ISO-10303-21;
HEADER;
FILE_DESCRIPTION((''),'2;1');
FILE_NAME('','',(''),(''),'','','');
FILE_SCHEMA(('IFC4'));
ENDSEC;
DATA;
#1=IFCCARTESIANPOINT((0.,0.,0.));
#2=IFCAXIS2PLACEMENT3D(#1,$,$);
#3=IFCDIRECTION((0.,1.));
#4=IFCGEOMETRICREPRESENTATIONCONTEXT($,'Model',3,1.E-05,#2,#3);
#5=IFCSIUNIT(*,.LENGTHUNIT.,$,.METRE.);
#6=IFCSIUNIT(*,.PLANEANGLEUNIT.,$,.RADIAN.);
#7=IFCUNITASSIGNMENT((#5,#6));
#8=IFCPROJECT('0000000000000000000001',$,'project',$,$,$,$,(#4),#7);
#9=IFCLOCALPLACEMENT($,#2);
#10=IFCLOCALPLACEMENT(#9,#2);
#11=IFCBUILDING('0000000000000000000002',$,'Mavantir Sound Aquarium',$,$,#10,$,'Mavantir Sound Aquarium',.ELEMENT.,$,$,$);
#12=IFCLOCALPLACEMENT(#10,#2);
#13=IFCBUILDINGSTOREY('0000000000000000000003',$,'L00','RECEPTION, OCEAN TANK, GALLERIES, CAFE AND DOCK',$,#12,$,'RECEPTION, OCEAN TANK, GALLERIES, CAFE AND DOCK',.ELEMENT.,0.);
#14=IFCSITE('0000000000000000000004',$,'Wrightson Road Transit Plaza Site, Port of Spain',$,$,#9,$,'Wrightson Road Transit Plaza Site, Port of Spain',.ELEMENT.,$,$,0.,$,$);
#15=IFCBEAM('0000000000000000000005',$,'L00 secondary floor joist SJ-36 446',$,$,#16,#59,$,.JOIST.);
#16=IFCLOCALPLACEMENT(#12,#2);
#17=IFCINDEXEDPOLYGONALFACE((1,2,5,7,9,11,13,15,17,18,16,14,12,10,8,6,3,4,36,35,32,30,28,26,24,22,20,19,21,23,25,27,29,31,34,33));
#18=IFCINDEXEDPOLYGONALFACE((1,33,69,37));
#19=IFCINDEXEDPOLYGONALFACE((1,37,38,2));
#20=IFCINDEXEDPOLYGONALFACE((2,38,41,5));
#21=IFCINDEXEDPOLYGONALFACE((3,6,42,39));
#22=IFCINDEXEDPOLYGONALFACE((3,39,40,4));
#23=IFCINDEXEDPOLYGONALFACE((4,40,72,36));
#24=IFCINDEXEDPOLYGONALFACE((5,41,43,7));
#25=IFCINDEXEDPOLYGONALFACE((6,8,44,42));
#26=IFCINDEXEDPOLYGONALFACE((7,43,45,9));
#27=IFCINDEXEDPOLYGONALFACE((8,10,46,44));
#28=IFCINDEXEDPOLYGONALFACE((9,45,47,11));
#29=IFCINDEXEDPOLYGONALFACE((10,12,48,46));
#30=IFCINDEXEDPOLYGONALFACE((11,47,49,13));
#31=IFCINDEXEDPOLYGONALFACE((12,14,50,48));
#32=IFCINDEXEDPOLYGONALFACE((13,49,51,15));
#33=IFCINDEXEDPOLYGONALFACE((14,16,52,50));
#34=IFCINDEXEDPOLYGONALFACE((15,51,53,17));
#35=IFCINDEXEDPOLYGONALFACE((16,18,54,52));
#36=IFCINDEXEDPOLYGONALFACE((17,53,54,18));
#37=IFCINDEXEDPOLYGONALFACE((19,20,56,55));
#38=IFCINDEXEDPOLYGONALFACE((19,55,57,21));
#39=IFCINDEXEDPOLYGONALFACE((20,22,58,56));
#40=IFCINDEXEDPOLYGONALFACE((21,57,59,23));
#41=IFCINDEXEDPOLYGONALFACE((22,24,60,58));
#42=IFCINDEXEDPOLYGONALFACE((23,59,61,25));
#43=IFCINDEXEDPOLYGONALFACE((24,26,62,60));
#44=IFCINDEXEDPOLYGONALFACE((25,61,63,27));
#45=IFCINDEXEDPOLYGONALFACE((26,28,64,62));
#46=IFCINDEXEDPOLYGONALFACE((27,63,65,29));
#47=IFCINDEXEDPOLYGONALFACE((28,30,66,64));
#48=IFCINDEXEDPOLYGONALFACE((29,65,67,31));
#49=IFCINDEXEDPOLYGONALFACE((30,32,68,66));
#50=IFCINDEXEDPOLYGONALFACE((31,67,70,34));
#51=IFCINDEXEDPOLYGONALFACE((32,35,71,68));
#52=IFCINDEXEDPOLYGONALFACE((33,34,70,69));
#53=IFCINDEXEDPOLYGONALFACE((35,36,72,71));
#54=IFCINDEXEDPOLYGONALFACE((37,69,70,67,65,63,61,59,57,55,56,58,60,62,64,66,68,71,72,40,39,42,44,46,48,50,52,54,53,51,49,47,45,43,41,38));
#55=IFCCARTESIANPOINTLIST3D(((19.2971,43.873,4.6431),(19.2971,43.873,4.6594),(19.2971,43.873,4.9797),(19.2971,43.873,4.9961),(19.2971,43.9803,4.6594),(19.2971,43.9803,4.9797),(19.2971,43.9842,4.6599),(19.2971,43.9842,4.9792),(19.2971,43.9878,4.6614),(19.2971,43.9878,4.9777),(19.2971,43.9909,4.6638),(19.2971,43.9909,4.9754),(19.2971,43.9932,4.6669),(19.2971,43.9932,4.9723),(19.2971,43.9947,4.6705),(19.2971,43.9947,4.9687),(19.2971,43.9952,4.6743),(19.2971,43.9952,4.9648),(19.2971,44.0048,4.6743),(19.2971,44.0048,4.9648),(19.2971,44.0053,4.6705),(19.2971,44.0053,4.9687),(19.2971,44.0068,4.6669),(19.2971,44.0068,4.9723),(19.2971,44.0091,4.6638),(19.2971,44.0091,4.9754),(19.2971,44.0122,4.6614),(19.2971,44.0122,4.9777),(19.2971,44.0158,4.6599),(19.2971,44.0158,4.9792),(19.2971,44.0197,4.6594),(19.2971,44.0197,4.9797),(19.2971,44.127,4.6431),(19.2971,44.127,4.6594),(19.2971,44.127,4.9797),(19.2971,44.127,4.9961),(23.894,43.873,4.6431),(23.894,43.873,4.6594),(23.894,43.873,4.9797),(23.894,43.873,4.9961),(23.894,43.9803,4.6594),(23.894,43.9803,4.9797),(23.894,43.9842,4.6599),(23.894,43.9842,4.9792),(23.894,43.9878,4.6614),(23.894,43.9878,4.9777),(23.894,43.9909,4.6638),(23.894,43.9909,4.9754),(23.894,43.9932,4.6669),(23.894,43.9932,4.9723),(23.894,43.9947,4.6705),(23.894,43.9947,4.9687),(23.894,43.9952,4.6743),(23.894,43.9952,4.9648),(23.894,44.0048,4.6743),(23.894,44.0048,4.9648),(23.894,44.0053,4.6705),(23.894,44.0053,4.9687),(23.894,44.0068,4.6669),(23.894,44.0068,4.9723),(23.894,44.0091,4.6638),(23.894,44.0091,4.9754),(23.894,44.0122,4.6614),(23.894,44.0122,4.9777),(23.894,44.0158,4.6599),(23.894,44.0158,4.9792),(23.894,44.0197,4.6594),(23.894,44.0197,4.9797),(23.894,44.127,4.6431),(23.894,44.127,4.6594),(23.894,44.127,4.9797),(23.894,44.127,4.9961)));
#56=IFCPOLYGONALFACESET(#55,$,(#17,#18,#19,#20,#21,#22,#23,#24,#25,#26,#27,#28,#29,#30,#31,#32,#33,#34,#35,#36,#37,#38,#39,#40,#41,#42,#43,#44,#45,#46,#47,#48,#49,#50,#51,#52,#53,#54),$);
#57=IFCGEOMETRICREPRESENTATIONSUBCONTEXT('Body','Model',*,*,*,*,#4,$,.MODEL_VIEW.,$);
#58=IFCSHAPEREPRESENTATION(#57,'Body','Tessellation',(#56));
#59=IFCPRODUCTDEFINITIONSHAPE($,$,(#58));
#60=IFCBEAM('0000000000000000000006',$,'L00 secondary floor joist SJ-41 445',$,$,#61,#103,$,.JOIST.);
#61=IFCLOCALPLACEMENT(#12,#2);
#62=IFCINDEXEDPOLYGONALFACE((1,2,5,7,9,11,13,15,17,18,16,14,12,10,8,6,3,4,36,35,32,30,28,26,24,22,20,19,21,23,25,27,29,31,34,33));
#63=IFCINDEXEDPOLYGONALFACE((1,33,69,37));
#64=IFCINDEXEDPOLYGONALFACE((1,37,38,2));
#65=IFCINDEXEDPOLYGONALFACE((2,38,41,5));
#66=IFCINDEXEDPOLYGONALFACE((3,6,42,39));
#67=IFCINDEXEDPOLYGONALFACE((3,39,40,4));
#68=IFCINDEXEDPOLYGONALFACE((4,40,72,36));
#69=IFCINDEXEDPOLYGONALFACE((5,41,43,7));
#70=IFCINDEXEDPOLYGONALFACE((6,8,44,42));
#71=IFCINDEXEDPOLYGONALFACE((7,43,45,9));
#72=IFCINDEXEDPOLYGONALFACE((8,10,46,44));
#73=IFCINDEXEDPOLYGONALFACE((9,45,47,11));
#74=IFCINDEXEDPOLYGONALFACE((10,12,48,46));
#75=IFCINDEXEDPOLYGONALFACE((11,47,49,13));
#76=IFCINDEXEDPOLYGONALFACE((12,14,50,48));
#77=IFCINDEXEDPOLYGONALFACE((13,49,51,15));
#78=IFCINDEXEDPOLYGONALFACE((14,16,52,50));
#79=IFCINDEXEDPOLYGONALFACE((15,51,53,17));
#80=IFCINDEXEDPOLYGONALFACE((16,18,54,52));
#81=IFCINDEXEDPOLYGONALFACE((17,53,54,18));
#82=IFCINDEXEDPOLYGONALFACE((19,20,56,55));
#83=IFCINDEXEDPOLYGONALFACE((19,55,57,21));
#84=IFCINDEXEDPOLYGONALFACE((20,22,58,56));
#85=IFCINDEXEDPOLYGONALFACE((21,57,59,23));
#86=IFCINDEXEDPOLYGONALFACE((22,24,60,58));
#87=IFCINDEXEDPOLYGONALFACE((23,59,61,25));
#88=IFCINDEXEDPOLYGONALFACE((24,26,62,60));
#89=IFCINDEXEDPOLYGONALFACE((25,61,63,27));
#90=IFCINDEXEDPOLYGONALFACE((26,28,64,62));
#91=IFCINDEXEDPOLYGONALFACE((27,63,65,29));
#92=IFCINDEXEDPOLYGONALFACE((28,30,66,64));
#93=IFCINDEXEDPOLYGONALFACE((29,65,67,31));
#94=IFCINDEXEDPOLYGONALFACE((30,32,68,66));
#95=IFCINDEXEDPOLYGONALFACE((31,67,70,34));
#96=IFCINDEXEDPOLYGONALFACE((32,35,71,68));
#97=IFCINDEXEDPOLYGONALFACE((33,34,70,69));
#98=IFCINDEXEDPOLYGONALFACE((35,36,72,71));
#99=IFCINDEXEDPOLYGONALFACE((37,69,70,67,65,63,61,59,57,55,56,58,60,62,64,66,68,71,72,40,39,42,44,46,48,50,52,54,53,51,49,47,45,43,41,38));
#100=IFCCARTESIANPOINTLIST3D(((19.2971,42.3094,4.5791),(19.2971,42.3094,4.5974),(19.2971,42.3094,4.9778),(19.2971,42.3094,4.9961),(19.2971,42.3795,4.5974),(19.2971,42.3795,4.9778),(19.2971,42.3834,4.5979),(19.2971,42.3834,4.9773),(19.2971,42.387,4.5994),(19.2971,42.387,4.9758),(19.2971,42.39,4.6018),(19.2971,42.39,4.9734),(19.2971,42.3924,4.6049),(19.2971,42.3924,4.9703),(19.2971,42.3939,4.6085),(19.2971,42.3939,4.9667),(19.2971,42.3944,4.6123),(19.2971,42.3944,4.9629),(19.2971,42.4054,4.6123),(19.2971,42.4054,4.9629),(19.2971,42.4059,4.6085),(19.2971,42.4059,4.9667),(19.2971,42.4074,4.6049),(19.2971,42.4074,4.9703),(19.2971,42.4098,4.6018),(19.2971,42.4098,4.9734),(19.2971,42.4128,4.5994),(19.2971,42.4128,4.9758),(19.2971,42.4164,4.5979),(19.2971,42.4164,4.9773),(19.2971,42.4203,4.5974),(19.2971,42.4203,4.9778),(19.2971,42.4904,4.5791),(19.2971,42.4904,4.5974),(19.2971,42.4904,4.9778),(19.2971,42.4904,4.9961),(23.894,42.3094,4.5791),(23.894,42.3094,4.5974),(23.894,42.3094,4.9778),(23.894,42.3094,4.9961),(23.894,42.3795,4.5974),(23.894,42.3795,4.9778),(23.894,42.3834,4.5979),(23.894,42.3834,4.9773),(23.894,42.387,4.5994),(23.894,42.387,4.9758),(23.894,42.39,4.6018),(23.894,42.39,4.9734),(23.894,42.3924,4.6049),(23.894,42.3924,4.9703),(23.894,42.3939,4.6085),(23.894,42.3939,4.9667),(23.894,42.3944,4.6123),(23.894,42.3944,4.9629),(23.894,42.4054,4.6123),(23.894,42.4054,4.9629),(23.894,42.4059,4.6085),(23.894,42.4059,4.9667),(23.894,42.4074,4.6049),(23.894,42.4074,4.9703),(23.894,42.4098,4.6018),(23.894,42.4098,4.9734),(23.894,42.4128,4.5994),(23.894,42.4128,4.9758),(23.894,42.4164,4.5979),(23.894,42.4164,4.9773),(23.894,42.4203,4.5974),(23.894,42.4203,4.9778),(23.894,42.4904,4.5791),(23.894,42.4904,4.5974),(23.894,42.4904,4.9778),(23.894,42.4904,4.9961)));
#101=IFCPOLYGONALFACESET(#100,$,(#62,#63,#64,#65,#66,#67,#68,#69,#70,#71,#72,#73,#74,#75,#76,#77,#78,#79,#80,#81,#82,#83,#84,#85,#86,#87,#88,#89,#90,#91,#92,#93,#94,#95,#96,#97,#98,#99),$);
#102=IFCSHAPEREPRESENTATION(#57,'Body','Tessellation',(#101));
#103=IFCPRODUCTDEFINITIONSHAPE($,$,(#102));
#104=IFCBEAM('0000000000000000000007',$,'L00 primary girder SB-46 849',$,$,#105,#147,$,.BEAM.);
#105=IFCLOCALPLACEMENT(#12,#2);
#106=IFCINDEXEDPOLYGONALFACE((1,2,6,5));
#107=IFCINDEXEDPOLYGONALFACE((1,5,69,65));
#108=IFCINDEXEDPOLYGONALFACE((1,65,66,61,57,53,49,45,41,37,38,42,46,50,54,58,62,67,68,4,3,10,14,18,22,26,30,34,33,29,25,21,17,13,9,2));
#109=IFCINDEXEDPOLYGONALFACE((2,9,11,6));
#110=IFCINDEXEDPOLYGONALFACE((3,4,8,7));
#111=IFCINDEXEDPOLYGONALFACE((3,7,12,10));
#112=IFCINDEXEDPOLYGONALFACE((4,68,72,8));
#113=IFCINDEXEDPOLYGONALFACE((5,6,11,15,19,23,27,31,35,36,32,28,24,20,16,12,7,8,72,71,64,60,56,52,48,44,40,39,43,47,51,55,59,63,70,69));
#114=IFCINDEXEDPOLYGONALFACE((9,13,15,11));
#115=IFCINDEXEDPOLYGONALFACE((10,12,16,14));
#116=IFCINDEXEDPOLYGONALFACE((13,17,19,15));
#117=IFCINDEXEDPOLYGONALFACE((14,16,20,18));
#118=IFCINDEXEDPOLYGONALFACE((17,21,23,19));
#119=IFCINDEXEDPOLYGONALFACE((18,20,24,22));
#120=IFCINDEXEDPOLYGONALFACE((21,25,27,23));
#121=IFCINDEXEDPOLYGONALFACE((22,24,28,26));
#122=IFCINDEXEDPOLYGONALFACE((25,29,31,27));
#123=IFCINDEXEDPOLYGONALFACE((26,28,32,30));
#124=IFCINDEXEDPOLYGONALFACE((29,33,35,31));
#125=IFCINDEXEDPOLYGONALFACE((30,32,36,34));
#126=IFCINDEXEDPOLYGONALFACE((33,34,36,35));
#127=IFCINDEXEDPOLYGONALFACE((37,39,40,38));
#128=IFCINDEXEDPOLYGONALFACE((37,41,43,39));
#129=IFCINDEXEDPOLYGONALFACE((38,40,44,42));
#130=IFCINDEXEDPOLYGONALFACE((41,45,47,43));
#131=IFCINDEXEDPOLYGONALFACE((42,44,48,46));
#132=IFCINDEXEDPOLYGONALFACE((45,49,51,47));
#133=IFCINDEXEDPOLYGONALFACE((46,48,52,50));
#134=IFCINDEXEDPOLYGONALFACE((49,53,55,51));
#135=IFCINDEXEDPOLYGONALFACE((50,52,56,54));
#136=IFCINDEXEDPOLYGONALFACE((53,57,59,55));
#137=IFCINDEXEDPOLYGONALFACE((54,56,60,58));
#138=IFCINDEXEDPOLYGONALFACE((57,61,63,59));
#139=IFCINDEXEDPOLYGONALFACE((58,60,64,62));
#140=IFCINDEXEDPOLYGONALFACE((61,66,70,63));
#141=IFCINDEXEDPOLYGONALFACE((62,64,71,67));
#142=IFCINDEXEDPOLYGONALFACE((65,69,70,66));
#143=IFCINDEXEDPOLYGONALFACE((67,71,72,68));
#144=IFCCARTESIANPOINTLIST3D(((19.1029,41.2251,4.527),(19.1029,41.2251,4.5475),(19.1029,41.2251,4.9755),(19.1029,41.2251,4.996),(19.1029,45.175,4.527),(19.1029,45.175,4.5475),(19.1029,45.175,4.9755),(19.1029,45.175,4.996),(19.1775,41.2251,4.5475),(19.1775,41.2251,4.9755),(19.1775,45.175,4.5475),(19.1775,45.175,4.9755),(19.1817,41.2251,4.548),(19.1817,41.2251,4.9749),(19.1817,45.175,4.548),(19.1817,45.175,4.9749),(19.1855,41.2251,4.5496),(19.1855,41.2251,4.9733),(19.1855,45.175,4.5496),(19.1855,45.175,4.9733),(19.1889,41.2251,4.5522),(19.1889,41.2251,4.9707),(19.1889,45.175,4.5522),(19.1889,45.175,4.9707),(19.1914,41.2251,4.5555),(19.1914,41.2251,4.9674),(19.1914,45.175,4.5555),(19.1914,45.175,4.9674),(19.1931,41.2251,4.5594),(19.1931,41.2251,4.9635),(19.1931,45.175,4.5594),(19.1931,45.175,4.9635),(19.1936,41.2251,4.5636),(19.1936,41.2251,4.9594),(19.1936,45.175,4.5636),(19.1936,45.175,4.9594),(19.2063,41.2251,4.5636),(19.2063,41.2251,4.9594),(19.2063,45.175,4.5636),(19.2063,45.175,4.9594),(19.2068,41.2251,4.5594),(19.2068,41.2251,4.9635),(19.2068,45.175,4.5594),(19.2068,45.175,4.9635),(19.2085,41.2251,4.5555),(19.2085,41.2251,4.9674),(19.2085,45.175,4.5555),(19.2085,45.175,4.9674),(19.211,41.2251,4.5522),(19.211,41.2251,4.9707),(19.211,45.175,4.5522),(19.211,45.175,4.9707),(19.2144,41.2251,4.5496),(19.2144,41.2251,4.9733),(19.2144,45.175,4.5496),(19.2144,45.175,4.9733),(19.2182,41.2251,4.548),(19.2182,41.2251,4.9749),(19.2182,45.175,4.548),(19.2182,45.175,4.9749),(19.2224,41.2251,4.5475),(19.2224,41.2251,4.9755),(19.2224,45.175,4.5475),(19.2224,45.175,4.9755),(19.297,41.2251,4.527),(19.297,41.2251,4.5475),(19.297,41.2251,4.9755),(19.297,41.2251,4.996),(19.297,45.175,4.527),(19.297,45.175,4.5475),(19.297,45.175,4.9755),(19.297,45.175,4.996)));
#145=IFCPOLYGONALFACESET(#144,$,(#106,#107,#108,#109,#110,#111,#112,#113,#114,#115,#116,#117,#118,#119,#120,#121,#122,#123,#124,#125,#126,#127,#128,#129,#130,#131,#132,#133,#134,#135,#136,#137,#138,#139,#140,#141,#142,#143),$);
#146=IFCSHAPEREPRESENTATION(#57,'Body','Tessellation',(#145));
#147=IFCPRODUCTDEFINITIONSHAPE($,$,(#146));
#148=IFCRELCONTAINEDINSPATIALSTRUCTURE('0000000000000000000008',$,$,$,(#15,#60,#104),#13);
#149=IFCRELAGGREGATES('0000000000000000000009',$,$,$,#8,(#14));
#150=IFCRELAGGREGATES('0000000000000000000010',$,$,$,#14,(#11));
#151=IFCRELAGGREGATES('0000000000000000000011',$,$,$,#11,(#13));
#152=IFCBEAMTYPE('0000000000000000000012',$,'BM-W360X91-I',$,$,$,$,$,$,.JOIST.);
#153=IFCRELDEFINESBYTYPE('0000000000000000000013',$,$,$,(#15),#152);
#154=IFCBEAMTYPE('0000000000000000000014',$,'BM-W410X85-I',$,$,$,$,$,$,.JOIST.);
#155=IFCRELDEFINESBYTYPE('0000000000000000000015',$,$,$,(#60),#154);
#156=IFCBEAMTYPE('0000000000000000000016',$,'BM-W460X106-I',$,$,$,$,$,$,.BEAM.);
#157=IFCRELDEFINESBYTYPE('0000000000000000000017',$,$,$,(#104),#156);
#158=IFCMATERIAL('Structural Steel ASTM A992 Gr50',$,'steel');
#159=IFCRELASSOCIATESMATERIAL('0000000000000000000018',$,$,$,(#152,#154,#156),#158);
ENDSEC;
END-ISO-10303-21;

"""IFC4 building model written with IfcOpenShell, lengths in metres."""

from ifc_helpers import new_model, si_unit, direction, frame, origin, origin_2d, place, context, subcontext, project, spatial, i_section, extrude, material, material_profile, profile_set, type_object, element, save


model = new_model("IFC4")

# Units and contexts
model_context = context("Model", 3, precision=1e-05, world=origin(), true_north=direction((0.0, 1.0)))
body_context = subcontext(model_context, "Body", "Model", "MODEL_VIEW")
ifc_project = project(units=[si_unit("LENGTHUNIT", "METRE"), si_unit("PLANEANGLEUNIT", "RADIAN")], contexts=[model_context])

# Site, building, storey
site_placement = place(None, origin())
site = spatial("IfcSite", under=ifc_project, at=site_placement, Name="Wrightson Road Transit Plaza Site, Port of Spain", LongName="Wrightson Road Transit Plaza Site, Port of Spain", CompositionType="ELEMENT", RefElevation=0.0)
building_placement = place(site_placement, origin())
building = spatial("IfcBuilding", under=site, at=building_placement, Name="Mavantir Sound Aquarium", LongName="Mavantir Sound Aquarium", CompositionType="ELEMENT")
storey_placement = place(building_placement, origin())
storey = spatial("IfcBuildingStorey", under=building, at=storey_placement, Name="L00", Description="RECEPTION, OCEAN TANK, GALLERIES, CAFE AND DOCK", LongName="RECEPTION, OCEAN TANK, GALLERIES, CAFE AND DOCK", CompositionType="ELEMENT", Elevation=0.0)

# Beams
ifc_material_1 = material(Name="Structural Steel ASTM A992 Gr50", Category="steel")
ifc_material_profile_1 = material_profile(ifc_material_1, i_section(OverallWidth=0.2539, OverallDepth=0.353, WebThickness=0.0095, FlangeThickness=0.0164, FilletRadius=0.0149, at=origin_2d()), Name="W360X91")
ifc_profile_set_1 = profile_set([ifc_material_profile_1], Name="Structural Steel ASTM A992 Gr50")
beam_type_1 = type_object("IfcBeamType", Name="BM-W360X91-I", PredefinedType="JOIST", material=ifc_profile_set_1)
beam_1_placement = place(storey_placement, frame((19.2971, 44.0, 4.8196), z_axis=(1.0, 0.0, 0.0), x_axis=(0.0, 1.0, 0.0)))
element("IfcBeam", 1, at=beam_1_placement, inside=storey, type_object=beam_type_1, Name="L00 secondary floor joist SJ-36 446", PredefinedType="JOIST", context=body_context, shape_type="SweptSolid", body=[
    extrude(i_section(OverallWidth=0.2539, OverallDepth=0.353, WebThickness=0.0095, FlangeThickness=0.0164, FilletRadius=0.0149, at=origin_2d()), origin(), (0.0, 0.0, 1.0), 4.5969),
])
ifc_material_profile_2 = material_profile(ifc_material_1, i_section(OverallWidth=0.1809, OverallDepth=0.417, WebThickness=0.011, FlangeThickness=0.0183, FilletRadius=0.0149, at=origin_2d()), Name="W410X85")
ifc_profile_set_2 = profile_set([ifc_material_profile_2], Name="Structural Steel ASTM A992 Gr50")
beam_type_2 = type_object("IfcBeamType", Name="BM-W410X85-I", PredefinedType="JOIST", material=ifc_profile_set_2)
beam_2_placement = place(storey_placement, frame((19.2971, 42.3999, 4.7876), z_axis=(1.0, 0.0, 0.0), x_axis=(0.0, 1.0, 0.0)))
element("IfcBeam", 2, at=beam_2_placement, inside=storey, type_object=beam_type_2, Name="L00 secondary floor joist SJ-41 445", PredefinedType="JOIST", context=body_context, shape_type="SweptSolid", body=[
    extrude(i_section(OverallWidth=0.1809, OverallDepth=0.417, WebThickness=0.011, FlangeThickness=0.0183, FilletRadius=0.0149, at=origin_2d()), origin(), (0.0, 0.0, 1.0), 4.5969),
])
ifc_material_profile_3 = material_profile(ifc_material_1, i_section(OverallWidth=0.1941, OverallDepth=0.469, WebThickness=0.0127, FlangeThickness=0.0205, FilletRadius=0.0161, at=origin_2d()), Name="W460X106")
ifc_profile_set_3 = profile_set([ifc_material_profile_3], Name="Structural Steel ASTM A992 Gr50")
beam_type_3 = type_object("IfcBeamType", Name="BM-W460X106-I", PredefinedType="BEAM", material=ifc_profile_set_3)
beam_3_placement = place(storey_placement, frame((19.2, 41.2251, 4.7615), z_axis=(0.0, 1.0, 0.0), x_axis=(-1.0, 0.0, 0.0)))
element("IfcBeam", 3, at=beam_3_placement, inside=storey, type_object=beam_type_3, Name="L00 primary girder SB-46 849", PredefinedType="BEAM", context=body_context, shape_type="SweptSolid", body=[
    extrude(i_section(OverallWidth=0.1941, OverallDepth=0.469, WebThickness=0.0127, FlangeThickness=0.0205, FilletRadius=0.0161, at=origin_2d()), origin(), (0.0, 0.0, 1.0), 3.95),
])

save(model, "model.ifc")
